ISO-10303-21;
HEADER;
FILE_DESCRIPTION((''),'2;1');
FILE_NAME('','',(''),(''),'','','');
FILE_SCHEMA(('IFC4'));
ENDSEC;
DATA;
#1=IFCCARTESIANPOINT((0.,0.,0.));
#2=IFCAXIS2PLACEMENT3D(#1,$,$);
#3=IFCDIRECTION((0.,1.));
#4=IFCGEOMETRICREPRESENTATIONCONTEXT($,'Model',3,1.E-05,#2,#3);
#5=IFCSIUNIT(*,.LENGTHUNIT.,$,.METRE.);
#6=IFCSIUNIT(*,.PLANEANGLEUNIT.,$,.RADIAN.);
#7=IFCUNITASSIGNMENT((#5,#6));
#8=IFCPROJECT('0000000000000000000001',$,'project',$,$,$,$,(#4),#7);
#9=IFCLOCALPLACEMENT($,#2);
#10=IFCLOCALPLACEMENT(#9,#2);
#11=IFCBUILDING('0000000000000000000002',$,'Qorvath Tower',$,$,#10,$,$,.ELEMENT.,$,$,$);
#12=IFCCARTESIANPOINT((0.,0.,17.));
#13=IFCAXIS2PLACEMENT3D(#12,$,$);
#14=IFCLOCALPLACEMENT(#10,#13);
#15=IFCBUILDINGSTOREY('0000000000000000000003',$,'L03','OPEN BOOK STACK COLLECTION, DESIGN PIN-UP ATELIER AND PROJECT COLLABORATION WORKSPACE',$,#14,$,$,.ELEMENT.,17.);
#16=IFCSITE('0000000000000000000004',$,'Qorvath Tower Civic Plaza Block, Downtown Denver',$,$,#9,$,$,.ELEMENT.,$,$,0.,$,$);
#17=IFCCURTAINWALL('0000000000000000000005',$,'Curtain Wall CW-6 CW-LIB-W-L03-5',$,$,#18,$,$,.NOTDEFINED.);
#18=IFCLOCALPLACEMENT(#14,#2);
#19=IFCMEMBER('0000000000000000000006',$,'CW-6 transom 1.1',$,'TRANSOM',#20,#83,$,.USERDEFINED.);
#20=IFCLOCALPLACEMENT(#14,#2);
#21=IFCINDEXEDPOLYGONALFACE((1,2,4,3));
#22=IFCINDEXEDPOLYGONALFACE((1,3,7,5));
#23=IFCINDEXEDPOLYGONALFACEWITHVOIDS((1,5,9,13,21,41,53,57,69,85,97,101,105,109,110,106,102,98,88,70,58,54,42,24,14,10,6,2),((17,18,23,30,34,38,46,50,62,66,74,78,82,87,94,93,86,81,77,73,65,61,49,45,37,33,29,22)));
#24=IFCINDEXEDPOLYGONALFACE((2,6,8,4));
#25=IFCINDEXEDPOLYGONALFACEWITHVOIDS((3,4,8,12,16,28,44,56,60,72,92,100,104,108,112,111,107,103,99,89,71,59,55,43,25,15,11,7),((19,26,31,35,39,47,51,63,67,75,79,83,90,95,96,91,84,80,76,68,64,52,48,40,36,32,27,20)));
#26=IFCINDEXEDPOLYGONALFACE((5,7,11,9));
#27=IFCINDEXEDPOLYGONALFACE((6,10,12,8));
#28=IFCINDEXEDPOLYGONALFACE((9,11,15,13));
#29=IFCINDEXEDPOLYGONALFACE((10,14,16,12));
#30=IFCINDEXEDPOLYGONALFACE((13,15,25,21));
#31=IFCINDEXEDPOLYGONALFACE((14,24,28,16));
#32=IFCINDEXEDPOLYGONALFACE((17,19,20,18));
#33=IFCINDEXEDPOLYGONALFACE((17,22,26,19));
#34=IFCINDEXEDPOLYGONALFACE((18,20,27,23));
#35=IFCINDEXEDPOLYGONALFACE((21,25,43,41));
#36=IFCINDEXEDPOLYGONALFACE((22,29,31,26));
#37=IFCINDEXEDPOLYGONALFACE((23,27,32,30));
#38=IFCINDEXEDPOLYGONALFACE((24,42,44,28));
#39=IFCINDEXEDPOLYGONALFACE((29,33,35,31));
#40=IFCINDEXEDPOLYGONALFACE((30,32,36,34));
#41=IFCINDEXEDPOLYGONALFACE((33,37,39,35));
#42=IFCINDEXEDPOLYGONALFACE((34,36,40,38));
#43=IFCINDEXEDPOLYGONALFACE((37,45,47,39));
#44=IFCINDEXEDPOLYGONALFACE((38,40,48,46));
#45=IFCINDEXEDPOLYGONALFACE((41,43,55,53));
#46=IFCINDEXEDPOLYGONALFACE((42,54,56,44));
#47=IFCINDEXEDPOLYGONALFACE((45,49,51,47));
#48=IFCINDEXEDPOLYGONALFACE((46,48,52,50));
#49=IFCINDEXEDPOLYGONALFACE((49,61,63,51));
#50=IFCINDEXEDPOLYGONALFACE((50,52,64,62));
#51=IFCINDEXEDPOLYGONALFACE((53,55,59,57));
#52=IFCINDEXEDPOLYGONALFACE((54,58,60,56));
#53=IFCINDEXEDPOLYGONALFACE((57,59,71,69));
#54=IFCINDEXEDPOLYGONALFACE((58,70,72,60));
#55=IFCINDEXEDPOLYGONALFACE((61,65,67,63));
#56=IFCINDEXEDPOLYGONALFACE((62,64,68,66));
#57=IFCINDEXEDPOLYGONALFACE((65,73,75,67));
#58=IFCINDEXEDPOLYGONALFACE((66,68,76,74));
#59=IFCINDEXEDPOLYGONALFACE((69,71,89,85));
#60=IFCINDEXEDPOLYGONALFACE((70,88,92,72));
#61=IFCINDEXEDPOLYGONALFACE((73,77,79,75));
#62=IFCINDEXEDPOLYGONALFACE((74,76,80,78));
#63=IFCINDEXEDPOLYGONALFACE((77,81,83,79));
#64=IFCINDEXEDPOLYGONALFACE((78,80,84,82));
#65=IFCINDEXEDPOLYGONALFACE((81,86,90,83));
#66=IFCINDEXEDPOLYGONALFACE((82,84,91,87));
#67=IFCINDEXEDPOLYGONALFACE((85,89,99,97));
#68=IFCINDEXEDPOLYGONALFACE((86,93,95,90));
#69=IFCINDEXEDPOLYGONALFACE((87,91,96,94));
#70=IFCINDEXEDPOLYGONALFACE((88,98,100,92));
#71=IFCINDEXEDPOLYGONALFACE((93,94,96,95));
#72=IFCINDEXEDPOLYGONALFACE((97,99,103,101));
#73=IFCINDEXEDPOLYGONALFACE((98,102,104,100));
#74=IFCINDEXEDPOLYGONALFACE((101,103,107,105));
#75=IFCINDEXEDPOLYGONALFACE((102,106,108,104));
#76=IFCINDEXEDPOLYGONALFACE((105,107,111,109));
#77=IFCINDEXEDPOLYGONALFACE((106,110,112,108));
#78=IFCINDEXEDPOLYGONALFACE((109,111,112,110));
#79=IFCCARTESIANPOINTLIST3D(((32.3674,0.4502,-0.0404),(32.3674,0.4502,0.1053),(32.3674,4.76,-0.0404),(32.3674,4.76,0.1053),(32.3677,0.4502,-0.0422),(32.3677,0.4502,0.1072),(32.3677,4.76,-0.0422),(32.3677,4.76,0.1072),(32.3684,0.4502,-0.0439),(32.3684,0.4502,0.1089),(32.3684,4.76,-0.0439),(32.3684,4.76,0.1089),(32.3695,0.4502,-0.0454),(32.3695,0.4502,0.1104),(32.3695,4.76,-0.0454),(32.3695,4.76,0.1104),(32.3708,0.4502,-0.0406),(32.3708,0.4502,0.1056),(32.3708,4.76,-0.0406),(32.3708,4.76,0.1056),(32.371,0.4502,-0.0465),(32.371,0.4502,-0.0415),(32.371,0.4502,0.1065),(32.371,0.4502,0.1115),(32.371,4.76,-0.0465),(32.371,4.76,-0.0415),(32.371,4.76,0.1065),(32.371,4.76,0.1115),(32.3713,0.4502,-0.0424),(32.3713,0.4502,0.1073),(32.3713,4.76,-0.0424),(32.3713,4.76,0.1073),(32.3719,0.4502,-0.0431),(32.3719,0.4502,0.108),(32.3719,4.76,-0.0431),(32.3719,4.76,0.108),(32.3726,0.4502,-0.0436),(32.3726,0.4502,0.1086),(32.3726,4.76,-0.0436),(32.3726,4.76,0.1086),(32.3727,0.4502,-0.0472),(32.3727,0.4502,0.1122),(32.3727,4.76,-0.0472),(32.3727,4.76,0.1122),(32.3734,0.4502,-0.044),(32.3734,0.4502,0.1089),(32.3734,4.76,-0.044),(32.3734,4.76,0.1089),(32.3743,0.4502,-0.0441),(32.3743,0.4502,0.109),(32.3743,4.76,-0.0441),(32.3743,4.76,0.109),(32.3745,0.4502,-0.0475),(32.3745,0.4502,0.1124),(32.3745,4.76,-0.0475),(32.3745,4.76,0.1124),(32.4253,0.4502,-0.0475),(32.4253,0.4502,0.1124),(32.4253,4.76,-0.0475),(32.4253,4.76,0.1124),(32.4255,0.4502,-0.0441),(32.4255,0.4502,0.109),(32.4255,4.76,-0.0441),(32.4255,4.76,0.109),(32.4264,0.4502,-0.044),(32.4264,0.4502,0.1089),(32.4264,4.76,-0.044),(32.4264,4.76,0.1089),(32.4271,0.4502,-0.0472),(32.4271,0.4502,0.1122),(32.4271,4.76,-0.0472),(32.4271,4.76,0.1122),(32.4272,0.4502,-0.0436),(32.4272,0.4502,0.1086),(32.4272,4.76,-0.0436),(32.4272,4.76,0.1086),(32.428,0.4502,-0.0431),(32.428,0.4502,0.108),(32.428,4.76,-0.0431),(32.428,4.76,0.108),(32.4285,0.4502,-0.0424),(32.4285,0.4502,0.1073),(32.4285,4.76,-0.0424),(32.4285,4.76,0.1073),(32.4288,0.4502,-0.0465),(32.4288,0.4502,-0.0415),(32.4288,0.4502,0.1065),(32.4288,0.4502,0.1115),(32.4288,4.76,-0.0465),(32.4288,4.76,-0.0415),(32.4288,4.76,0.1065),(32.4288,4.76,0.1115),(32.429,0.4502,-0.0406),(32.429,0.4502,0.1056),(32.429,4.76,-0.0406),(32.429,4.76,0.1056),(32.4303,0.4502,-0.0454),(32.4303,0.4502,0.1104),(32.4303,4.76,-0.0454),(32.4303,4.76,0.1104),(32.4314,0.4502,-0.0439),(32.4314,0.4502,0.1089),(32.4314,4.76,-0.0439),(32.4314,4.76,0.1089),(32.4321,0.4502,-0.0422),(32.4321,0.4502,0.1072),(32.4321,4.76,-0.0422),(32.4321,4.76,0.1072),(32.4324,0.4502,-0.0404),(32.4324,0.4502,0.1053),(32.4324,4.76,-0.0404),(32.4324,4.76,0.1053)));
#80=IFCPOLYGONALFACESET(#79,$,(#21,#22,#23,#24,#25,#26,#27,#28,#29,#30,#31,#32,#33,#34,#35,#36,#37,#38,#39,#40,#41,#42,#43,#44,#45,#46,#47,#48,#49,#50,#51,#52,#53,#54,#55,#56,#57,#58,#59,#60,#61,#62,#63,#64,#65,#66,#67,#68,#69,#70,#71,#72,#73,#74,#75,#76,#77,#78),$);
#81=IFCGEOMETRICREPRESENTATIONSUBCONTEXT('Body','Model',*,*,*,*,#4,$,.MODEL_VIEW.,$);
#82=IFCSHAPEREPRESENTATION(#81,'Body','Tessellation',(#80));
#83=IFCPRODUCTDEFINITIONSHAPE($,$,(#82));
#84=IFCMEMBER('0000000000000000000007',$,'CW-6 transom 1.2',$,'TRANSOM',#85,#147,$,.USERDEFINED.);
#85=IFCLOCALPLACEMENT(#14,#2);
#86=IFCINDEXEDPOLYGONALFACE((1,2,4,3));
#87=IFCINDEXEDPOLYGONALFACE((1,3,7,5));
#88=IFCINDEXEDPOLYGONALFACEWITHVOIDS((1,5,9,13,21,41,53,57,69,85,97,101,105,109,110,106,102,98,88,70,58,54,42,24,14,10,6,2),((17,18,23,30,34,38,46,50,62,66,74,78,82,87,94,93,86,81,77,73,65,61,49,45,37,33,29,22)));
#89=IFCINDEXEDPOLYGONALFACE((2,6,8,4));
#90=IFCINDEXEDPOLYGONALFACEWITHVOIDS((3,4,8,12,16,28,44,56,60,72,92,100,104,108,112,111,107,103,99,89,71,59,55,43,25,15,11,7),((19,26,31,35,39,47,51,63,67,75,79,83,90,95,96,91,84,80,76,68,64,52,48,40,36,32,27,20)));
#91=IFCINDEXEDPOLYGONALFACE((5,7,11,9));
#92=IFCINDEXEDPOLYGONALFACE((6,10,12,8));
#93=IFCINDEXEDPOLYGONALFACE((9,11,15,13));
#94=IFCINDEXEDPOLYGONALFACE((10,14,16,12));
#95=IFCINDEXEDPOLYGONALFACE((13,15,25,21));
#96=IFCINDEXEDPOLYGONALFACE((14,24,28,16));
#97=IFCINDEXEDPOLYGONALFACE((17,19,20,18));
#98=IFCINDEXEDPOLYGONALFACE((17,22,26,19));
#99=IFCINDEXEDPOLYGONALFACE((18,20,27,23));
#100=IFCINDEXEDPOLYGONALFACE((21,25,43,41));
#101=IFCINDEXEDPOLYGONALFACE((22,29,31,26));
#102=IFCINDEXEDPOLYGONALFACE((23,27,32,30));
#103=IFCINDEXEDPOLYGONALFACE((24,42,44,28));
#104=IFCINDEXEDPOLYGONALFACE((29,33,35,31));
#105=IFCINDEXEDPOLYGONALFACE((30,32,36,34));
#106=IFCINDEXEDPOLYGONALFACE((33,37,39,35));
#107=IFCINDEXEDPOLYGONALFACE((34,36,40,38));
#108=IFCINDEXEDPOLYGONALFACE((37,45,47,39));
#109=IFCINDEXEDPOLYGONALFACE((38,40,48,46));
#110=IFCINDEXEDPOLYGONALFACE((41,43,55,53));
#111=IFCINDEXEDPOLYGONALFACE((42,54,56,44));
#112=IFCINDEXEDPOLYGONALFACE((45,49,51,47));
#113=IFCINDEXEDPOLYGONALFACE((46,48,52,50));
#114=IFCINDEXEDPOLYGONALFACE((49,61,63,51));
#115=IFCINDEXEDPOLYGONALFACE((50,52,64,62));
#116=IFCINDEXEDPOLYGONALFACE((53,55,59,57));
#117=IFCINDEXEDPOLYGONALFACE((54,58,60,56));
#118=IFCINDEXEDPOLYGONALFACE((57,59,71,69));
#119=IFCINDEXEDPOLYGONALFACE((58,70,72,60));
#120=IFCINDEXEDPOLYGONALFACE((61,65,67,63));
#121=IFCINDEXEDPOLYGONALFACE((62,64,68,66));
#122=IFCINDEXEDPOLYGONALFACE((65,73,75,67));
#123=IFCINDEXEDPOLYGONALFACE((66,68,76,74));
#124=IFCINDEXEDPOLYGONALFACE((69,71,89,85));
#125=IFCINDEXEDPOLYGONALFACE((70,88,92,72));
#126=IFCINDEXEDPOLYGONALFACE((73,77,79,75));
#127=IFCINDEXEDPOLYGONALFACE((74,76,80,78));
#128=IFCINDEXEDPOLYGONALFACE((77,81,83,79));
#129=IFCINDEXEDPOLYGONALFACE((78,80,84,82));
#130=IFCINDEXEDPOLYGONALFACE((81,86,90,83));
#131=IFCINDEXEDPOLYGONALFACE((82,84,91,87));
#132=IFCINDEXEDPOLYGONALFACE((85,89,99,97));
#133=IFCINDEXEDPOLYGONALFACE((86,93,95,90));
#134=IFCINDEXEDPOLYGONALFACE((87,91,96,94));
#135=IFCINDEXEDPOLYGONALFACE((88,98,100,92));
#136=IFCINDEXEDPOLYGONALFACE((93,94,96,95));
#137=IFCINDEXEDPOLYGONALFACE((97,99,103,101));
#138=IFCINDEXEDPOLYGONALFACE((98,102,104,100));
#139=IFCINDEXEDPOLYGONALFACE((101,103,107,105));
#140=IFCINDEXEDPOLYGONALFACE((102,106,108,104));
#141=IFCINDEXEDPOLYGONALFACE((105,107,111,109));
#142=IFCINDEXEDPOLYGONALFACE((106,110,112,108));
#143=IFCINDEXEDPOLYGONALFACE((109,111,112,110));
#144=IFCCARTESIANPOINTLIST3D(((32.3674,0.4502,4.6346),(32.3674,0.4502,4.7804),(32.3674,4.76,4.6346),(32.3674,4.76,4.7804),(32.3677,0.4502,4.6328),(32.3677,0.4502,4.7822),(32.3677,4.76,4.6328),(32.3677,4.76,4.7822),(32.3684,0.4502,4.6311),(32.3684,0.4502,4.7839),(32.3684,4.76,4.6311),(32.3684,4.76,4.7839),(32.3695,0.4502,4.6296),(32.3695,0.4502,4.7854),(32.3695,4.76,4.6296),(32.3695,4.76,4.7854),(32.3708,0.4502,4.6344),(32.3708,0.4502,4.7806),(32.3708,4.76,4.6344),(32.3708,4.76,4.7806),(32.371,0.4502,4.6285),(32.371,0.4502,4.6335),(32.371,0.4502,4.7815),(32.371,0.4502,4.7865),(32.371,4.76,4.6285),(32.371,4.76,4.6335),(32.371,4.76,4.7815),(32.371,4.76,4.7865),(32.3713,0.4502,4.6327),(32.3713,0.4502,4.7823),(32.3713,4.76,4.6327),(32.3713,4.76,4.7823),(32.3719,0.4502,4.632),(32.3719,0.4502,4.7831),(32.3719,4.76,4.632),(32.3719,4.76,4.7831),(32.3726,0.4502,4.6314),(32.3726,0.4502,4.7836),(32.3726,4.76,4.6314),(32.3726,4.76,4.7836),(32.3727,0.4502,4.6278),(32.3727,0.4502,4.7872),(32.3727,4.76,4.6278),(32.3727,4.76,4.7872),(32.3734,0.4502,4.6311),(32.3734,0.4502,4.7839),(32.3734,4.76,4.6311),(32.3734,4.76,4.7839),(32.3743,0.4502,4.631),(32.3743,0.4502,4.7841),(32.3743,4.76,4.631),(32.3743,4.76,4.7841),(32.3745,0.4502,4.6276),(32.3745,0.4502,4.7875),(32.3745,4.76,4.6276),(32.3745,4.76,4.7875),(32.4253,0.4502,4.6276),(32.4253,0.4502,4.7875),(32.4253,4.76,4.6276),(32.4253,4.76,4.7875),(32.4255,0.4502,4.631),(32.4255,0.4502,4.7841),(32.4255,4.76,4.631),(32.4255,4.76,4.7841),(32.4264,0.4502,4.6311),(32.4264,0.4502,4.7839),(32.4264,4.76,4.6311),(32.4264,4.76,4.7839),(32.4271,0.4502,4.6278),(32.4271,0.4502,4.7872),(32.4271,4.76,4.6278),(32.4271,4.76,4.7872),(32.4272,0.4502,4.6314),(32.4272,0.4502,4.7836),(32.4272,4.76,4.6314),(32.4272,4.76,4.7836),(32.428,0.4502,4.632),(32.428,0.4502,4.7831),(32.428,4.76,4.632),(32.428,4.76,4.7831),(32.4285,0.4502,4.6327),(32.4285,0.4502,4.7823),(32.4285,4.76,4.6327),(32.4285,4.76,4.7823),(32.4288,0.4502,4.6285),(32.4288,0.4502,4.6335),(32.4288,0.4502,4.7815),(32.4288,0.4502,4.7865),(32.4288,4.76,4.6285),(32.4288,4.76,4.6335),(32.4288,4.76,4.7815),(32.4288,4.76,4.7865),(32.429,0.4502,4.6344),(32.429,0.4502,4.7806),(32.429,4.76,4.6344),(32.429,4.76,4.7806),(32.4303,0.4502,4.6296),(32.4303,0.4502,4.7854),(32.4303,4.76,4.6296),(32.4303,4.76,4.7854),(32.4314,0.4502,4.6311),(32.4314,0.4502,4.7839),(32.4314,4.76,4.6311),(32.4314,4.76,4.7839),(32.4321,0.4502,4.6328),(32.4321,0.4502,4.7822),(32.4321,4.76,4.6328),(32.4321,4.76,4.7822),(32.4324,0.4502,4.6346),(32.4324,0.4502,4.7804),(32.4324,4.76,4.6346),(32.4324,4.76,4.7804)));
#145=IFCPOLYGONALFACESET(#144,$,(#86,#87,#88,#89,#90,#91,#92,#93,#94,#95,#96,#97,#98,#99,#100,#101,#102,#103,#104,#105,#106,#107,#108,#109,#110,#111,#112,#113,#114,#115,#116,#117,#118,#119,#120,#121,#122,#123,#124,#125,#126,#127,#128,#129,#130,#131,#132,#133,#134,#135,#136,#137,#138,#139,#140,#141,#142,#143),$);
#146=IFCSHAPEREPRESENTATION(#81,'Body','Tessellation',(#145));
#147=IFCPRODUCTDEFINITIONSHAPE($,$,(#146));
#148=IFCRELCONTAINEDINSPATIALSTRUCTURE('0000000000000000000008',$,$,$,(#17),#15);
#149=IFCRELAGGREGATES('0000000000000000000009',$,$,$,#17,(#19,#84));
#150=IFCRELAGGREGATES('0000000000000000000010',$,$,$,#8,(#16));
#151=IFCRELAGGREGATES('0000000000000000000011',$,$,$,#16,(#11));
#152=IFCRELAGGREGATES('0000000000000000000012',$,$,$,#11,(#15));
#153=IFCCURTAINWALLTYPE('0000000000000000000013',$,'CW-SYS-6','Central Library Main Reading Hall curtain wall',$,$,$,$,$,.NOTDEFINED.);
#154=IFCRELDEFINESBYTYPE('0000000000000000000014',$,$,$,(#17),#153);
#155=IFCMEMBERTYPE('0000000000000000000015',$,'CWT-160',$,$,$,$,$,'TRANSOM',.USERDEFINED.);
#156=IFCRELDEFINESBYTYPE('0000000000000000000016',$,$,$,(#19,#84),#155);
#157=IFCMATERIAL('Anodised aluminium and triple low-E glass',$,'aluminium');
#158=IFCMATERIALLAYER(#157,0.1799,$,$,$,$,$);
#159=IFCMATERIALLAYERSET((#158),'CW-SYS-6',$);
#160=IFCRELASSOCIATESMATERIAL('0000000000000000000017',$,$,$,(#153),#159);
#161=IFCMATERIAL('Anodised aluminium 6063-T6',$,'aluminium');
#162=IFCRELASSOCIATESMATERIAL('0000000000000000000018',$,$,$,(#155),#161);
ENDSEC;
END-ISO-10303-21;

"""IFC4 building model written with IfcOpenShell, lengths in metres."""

from ifc_helpers import new_model, si_unit, direction, frame, origin, origin_2d, place, context, subcontext, project, spatial, hollow_rectangle, extrude, material, layer, layer_set, material_profile, profile_set, type_object, element, aggregate, save


model = new_model("IFC4")

# Units and contexts
model_context = context("Model", 3, precision=1e-05, world=origin(), true_north=direction((0.0, 1.0)))
body_context = subcontext(model_context, "Body", "Model", "MODEL_VIEW")
ifc_project = project(units=[si_unit("LENGTHUNIT", "METRE"), si_unit("PLANEANGLEUNIT", "RADIAN")], contexts=[model_context])

# Site, building, storey
site_placement = place(None, origin())
site = spatial("IfcSite", under=ifc_project, at=site_placement, Name="Qorvath Tower Civic Plaza Block, Downtown Denver", CompositionType="ELEMENT", RefElevation=0.0)
building_placement = place(site_placement, origin())
building = spatial("IfcBuilding", under=site, at=building_placement, Name="Qorvath Tower", CompositionType="ELEMENT")
storey_placement = place(building_placement, frame((0.0, 0.0, 17.0)))
storey = spatial("IfcBuildingStorey", under=building, at=storey_placement, Name="L03", Description="OPEN BOOK STACK COLLECTION, DESIGN PIN-UP ATELIER AND PROJECT COLLABORATION WORKSPACE", CompositionType="ELEMENT", Elevation=17.0)

# Curtain wall
ifc_material_1 = material(Name="Anodised aluminium and triple low-E glass", Category="aluminium")
ifc_layer_1 = layer(ifc_material_1, 0.1799)
ifc_layer_set_1 = layer_set([ifc_layer_1], Name="CW-SYS-6")
curtain_wall_type = type_object("IfcCurtainWallType", Name="CW-SYS-6", Description="Central Library Main Reading Hall curtain wall", PredefinedType="NOTDEFINED", material=ifc_layer_set_1)
curtain_wall_1_placement = place(storey_placement, origin())
curtain_wall_1 = element("IfcCurtainWall", 1, at=curtain_wall_1_placement, inside=storey, type_object=curtain_wall_type, Name="Curtain Wall CW-6 CW-LIB-W-L03-5", PredefinedType="NOTDEFINED")

# Members
ifc_material_2 = material(Name="Anodised aluminium 6063-T6", Category="aluminium")
ifc_material_profile_1 = material_profile(ifc_material_2, hollow_rectangle(XDim=0.0649, YDim=0.1599, WallThickness=0.0034, InnerFilletRadius=0.0034, OuterFilletRadius=0.0071, at=origin_2d()), Name="CWT 160x65")
ifc_profile_set_1 = profile_set([ifc_material_profile_1], Name="Anodised aluminium 6063-T6")
member_type_1 = type_object("IfcMemberType", Name="CWT-160", ElementType="TRANSOM", PredefinedType="USERDEFINED", material=ifc_profile_set_1)
member_1_placement = place(storey_placement, frame((32.3999, 0.4502, 0.0325), z_axis=(0.0, 1.0, 0.0), x_axis=(-1.0, 0.0, 0.0)))
member_1 = element("IfcMember", 2, at=member_1_placement, type_object=member_type_1, Name="CW-6 transom 1.1", ObjectType="TRANSOM", PredefinedType="USERDEFINED", context=body_context, shape_type="SweptSolid", body=[
    extrude(hollow_rectangle(XDim=0.0649, YDim=0.1599, WallThickness=0.0034, InnerFilletRadius=0.0034, OuterFilletRadius=0.0071, at=origin_2d()), origin(), (0.0, 0.0, 1.0), 4.3098),
])
member_2_placement = place(storey_placement, frame((32.3999, 0.4502, 4.7075), z_axis=(0.0, 1.0, 0.0), x_axis=(-1.0, 0.0, 0.0)))
member_2 = element("IfcMember", 3, at=member_2_placement, type_object=member_type_1, Name="CW-6 transom 1.2", ObjectType="TRANSOM", PredefinedType="USERDEFINED", context=body_context, shape_type="SweptSolid", body=[
    extrude(hollow_rectangle(XDim=0.0649, YDim=0.1599, WallThickness=0.0034, InnerFilletRadius=0.0034, OuterFilletRadius=0.0071, at=origin_2d()), origin(), (0.0, 0.0, 1.0), 4.3098),
])

aggregate(curtain_wall_1, [member_1, member_2])

save(model, "model.ifc")
